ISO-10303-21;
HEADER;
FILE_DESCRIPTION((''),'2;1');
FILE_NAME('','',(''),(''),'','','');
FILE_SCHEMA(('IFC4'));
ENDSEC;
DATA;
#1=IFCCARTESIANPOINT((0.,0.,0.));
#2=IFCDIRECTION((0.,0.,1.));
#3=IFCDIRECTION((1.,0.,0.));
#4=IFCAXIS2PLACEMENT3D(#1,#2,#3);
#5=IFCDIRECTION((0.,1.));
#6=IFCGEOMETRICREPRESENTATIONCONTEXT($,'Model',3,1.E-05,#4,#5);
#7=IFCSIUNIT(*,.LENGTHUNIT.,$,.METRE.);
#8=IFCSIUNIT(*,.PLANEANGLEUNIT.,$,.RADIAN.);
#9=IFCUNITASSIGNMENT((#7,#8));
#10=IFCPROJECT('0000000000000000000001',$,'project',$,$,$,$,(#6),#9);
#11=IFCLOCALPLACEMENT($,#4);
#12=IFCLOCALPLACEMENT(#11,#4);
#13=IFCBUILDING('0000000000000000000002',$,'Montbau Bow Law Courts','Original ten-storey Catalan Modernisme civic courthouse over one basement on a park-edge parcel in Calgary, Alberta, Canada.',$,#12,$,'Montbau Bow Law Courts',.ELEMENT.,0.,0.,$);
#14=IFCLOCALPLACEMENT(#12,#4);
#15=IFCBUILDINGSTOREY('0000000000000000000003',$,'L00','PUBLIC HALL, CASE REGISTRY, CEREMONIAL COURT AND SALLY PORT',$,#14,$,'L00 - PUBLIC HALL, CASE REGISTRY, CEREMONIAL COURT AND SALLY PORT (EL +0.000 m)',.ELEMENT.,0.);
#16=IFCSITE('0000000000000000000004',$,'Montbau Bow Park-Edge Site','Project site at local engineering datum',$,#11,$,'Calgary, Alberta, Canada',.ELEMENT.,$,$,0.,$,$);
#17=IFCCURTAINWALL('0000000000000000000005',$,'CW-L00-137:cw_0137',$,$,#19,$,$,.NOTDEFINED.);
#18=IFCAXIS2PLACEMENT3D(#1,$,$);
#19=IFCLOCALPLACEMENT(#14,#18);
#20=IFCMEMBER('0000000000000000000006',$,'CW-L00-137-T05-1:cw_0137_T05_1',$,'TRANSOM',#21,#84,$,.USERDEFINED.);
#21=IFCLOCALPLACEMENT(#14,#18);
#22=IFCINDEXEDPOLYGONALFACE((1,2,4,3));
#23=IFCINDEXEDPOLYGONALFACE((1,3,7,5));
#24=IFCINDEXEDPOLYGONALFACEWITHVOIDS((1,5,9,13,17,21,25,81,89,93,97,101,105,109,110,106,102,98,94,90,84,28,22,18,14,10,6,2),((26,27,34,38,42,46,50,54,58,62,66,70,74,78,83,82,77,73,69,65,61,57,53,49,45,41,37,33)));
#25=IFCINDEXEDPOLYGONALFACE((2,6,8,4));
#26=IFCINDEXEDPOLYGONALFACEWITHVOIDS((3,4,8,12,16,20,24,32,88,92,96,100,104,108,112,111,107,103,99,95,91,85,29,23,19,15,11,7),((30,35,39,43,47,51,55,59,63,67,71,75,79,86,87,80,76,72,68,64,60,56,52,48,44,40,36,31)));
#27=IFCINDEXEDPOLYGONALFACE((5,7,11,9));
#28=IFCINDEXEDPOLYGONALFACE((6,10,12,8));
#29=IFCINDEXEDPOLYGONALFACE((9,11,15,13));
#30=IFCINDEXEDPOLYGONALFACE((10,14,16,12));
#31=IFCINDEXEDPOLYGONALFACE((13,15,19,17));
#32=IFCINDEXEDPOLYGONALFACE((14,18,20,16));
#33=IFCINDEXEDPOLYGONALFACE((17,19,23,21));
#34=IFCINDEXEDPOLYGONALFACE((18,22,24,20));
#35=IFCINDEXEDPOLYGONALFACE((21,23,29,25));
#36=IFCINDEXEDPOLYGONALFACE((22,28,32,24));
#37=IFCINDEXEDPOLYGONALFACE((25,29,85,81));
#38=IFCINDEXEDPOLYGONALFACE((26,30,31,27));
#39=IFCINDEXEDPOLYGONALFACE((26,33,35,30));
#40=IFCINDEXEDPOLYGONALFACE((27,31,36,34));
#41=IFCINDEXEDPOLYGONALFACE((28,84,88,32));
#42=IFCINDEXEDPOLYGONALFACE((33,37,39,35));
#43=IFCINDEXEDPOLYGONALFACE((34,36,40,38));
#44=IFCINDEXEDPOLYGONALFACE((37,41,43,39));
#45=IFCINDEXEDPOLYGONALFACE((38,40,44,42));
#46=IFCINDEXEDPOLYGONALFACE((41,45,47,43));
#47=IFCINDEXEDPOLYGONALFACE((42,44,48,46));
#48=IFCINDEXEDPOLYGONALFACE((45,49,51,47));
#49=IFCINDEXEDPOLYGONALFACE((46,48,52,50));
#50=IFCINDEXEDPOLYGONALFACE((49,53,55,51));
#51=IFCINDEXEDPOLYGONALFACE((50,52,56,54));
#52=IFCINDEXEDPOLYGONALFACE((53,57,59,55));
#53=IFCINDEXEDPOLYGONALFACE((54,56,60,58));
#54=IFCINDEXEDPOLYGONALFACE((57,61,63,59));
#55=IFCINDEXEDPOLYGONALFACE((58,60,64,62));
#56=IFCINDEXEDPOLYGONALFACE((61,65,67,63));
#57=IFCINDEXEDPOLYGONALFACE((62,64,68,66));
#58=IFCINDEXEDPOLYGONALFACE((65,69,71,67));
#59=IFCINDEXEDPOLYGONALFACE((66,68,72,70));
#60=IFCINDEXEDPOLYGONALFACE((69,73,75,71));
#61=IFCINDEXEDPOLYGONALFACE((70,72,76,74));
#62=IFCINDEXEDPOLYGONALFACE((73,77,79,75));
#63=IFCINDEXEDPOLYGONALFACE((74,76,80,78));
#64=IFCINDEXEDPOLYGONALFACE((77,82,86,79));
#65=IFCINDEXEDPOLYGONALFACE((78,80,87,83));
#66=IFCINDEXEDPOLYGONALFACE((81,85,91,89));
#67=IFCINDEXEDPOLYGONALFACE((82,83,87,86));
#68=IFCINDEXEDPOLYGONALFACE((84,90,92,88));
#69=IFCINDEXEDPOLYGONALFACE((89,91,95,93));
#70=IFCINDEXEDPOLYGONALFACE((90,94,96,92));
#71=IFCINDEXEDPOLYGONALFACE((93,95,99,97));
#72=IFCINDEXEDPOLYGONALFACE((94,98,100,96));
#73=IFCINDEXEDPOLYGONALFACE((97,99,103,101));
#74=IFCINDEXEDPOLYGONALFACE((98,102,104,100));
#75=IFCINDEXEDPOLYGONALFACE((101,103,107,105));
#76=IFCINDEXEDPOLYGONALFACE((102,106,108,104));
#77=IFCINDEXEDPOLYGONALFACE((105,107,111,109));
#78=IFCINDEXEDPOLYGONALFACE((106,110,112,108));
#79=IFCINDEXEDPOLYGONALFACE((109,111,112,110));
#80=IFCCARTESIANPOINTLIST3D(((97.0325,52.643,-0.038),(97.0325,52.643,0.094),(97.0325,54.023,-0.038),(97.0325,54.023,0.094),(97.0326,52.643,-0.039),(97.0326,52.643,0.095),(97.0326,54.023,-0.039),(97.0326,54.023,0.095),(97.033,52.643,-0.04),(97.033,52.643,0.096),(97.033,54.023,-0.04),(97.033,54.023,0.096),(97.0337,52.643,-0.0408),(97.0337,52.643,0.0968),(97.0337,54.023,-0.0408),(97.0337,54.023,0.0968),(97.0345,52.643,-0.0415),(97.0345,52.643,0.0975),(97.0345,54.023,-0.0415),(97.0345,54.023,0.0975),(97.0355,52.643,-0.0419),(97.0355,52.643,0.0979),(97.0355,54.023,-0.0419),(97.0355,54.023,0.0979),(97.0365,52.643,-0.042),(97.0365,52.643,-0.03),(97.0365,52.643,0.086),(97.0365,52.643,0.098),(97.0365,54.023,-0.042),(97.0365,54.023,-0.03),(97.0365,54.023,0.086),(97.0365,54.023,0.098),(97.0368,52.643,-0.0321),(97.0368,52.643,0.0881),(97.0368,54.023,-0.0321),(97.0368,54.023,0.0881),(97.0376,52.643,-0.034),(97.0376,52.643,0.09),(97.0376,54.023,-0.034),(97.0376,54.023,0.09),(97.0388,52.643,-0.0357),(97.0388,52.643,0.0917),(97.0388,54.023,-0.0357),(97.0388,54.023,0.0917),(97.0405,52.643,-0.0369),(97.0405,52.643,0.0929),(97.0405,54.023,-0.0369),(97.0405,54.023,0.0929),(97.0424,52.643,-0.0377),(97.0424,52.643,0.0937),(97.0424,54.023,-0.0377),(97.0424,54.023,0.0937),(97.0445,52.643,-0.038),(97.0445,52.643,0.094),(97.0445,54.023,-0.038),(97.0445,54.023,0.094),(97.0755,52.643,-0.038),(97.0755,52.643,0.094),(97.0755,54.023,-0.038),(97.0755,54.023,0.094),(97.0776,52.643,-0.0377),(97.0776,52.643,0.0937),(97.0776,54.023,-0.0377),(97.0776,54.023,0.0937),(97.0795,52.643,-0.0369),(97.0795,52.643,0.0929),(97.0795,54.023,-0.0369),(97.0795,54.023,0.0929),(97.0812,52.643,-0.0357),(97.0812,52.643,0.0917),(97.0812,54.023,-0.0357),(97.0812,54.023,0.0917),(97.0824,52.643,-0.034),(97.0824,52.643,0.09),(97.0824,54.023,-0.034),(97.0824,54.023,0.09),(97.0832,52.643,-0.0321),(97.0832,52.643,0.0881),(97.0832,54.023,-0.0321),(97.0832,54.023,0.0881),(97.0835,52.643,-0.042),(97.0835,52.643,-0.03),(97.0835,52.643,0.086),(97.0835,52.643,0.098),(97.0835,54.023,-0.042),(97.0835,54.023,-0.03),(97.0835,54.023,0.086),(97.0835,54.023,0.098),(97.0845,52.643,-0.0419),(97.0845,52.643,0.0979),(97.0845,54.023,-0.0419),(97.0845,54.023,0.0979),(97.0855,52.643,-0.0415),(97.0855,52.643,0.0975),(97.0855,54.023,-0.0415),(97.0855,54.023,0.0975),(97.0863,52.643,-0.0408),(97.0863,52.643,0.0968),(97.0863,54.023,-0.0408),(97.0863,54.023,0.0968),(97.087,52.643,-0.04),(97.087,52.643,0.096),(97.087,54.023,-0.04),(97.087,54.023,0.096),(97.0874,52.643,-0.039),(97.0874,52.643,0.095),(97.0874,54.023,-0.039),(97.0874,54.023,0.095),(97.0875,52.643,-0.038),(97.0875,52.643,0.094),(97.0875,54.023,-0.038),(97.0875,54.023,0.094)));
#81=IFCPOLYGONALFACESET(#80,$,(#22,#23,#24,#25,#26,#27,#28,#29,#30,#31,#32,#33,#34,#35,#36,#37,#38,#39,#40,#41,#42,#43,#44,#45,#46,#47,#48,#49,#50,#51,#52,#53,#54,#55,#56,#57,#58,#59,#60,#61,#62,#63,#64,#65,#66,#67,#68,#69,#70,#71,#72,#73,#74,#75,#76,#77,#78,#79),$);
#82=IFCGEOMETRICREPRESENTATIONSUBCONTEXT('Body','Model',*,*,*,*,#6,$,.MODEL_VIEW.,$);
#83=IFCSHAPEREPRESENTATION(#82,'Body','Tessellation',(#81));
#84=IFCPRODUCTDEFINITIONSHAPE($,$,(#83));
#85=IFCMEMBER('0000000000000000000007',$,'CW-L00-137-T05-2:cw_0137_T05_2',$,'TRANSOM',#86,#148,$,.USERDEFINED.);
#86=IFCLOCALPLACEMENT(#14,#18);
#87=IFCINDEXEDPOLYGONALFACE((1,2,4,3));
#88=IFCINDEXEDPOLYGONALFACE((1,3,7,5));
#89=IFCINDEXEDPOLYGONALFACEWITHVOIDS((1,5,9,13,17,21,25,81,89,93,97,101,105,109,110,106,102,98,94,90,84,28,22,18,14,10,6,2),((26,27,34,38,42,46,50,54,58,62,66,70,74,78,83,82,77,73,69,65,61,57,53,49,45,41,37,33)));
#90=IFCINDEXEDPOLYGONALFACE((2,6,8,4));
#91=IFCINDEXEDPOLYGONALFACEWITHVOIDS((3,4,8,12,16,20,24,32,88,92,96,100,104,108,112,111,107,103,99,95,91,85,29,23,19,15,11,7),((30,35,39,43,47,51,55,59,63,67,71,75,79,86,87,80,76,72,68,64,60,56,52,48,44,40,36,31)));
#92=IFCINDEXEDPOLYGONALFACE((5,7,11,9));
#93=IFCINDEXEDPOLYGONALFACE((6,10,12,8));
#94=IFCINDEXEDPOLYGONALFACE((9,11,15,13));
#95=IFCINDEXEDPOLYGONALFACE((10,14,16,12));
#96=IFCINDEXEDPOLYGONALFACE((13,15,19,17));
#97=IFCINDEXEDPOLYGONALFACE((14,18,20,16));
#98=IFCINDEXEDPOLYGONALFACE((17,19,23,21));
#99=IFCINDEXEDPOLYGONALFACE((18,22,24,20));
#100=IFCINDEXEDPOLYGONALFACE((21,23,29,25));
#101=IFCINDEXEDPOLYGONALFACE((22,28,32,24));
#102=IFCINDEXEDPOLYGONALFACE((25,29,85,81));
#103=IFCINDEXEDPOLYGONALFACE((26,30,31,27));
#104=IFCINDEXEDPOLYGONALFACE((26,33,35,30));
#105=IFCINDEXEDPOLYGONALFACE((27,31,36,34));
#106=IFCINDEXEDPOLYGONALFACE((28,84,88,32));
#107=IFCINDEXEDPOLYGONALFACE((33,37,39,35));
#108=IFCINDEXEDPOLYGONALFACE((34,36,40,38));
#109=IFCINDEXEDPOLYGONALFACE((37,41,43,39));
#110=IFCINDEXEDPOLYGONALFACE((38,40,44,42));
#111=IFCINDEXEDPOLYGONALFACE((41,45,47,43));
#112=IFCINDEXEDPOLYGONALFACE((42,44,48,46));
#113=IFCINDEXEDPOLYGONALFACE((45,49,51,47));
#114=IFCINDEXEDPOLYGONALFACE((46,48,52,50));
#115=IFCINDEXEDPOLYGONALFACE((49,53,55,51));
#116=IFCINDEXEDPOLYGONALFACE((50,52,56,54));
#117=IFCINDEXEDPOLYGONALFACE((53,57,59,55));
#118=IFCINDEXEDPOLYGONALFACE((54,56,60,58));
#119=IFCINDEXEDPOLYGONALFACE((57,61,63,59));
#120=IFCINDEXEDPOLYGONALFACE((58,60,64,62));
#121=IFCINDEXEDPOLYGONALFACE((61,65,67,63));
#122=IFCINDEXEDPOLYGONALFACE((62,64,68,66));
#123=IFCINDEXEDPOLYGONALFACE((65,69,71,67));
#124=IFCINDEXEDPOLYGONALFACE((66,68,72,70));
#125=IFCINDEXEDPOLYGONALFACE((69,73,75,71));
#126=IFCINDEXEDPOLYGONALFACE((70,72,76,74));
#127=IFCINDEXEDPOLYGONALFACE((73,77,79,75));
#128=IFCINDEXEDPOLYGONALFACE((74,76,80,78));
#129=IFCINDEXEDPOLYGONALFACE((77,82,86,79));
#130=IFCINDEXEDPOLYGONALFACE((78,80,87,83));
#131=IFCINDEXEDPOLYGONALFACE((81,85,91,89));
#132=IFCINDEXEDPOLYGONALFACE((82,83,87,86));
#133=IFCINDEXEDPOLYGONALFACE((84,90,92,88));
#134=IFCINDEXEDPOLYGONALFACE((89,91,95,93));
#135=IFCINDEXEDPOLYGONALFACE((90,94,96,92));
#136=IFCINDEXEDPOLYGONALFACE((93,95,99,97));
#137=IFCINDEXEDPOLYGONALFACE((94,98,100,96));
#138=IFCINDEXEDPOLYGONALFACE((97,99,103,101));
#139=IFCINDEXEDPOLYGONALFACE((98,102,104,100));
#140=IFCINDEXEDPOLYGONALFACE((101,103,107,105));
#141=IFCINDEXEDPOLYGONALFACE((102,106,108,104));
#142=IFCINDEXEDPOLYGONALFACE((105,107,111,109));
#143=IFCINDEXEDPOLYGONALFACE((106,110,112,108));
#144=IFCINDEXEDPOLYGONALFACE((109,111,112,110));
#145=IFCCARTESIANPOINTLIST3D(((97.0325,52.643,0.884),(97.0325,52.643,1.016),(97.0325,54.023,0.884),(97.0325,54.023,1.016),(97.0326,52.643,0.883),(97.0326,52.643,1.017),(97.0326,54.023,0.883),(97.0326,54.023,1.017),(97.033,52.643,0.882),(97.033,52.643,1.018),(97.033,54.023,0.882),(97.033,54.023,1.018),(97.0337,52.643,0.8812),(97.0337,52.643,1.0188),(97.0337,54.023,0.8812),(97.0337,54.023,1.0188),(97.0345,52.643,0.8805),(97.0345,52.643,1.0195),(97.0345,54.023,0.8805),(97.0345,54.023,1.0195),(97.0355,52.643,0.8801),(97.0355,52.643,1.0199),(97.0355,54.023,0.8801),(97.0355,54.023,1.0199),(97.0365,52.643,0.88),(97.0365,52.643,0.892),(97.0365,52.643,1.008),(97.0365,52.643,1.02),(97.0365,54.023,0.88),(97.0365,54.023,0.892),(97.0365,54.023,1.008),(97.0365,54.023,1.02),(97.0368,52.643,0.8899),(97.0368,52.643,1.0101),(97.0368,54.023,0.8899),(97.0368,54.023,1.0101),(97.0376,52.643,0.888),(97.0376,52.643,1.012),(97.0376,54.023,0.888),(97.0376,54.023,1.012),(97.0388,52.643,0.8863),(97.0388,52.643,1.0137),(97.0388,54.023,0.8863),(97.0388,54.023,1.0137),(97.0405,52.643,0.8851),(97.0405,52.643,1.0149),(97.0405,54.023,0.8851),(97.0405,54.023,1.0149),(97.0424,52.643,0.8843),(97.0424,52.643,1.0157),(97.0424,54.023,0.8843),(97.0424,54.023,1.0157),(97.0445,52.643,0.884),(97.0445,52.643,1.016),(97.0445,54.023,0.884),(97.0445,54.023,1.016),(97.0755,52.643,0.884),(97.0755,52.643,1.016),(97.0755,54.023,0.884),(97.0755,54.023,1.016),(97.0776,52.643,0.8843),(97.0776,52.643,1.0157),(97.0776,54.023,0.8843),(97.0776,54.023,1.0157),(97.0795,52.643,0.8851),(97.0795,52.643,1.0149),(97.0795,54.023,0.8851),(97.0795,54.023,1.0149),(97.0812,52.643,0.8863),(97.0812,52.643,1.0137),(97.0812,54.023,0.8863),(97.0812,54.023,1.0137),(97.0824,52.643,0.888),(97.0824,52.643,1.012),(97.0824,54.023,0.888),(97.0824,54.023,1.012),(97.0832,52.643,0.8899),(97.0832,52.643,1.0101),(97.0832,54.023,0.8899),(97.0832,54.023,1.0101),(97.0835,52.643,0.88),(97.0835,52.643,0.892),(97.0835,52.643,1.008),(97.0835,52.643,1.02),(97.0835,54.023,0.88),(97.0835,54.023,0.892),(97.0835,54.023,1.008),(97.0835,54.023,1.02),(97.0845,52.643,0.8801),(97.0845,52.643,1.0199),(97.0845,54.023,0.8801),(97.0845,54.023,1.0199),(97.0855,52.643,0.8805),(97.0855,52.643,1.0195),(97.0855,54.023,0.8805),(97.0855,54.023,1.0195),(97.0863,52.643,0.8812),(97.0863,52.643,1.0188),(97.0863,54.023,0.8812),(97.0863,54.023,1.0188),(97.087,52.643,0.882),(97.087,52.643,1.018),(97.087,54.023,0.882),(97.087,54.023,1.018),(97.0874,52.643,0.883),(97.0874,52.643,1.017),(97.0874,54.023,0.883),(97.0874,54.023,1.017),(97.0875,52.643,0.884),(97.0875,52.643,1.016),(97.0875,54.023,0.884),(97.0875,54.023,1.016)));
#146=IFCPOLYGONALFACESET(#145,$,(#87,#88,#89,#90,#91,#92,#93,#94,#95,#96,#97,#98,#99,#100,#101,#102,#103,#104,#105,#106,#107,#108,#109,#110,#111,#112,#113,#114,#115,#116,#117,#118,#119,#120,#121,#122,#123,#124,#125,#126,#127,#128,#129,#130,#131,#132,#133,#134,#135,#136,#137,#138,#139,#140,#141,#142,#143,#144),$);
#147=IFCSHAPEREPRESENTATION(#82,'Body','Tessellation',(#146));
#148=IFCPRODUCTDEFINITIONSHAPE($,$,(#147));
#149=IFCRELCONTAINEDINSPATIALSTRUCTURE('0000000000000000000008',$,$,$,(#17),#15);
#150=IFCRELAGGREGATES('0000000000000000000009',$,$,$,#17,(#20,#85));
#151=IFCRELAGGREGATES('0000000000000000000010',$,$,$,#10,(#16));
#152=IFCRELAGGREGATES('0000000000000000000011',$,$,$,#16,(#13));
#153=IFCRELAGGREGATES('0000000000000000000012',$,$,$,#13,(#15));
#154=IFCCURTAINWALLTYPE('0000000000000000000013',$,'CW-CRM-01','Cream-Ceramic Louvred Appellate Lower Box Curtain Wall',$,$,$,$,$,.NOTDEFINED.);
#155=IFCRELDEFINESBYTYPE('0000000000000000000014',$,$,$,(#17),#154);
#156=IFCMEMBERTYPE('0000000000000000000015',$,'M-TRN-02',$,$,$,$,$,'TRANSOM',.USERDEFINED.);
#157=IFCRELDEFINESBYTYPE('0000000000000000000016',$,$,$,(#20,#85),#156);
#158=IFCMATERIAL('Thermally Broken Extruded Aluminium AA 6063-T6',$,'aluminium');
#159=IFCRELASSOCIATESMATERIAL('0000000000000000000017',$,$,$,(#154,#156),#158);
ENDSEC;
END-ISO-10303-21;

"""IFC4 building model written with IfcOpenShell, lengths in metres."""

from ifc_helpers import new_model, si_unit, direction, frame, origin_with_axes, origin_2d_with_axis, place, context, subcontext, project, spatial, hollow_rectangle, extrude, material, material_profile, profile_set, type_object, element, aggregate, save


model = new_model("IFC4")

# Units and contexts
model_context = context("Model", 3, precision=1e-05, world=origin_with_axes(), true_north=direction((0.0, 1.0)))
body_context = subcontext(model_context, "Body", "Model", "MODEL_VIEW")
ifc_project = project(units=[si_unit("LENGTHUNIT", "METRE"), si_unit("PLANEANGLEUNIT", "RADIAN")], contexts=[model_context])

# Site, building, storey
site_placement = place(None, origin_with_axes())
site = spatial("IfcSite", under=ifc_project, at=site_placement, Name="Montbau Bow Park-Edge Site", Description="Project site at local engineering datum", LongName="Calgary, Alberta, Canada", CompositionType="ELEMENT", RefElevation=0.0)
building_placement = place(site_placement, origin_with_axes())
building = spatial("IfcBuilding", under=site, at=building_placement, Name="Montbau Bow Law Courts", Description="Original ten-storey Catalan Modernisme civic courthouse over one basement on a park-edge parcel in Calgary, Alberta, Canada.", LongName="Montbau Bow Law Courts", CompositionType="ELEMENT", ElevationOfRefHeight=0.0, ElevationOfTerrain=0.0)
storey_placement = place(building_placement, origin_with_axes())
storey = spatial("IfcBuildingStorey", under=building, at=storey_placement, Name="L00", Description="PUBLIC HALL, CASE REGISTRY, CEREMONIAL COURT AND SALLY PORT", LongName="L00 - PUBLIC HALL, CASE REGISTRY, CEREMONIAL COURT AND SALLY PORT (EL +0.000 m)", CompositionType="ELEMENT", Elevation=0.0)

# Curtain wall, members
ifc_material_1 = material(Name="Thermally Broken Extruded Aluminium AA 6063-T6", Category="aluminium")
curtain_wall_type = type_object("IfcCurtainWallType", Name="CW-CRM-01", Description="Cream-Ceramic Louvred Appellate Lower Box Curtain Wall", PredefinedType="NOTDEFINED", material=ifc_material_1)
curtain_wall_placement = place(None, frame((97.06, 46.715, 0.0), z_axis=(0.0, 0.0, 1.0), x_axis=(1.0, 0.0, 0.0)))
curtain_wall = element("IfcCurtainWall", 1, at=curtain_wall_placement, inside=storey, type_object=curtain_wall_type, Name="CW-L00-137:cw_0137", PredefinedType="NOTDEFINED")
ifc_material_profile_1 = material_profile(ifc_material_1, hollow_rectangle(XDim=0.055, YDim=0.14, WallThickness=0.004, InnerFilletRadius=0.008, OuterFilletRadius=0.004, at=origin_2d_with_axis()), Name="CWT-140X55", Category="Main", Priority=0)
ifc_profile_set_1 = profile_set([ifc_material_profile_1], Name="Thermally Broken Extruded Aluminium AA 6063-T6")
member_type_1 = type_object("IfcMemberType", Name="M-TRN-02", ElementType="TRANSOM", PredefinedType="USERDEFINED", material=ifc_profile_set_1)
member_1_placement = place(None, frame((97.06, 52.643, 0.028), z_axis=(0.0, 1.0, 0.0), x_axis=(-1.0, 0.0, 0.0)))
member_1 = element("IfcMember", 2, at=member_1_placement, type_object=member_type_1, Name="CW-L00-137-T05-1:cw_0137_T05_1", ObjectType="TRANSOM", PredefinedType="USERDEFINED", context=body_context, shape_type="SweptSolid", body=[
    extrude(hollow_rectangle(XDim=0.055, YDim=0.14, WallThickness=0.004, InnerFilletRadius=0.008, OuterFilletRadius=0.004, at=origin_2d_with_axis()), origin_with_axes(), (0.0, 0.0, 1.0), 1.38),
])
member_2_placement = place(None, frame((97.06, 52.643, 0.95), z_axis=(0.0, 1.0, 0.0), x_axis=(-1.0, 0.0, 0.0)))
member_2 = element("IfcMember", 3, at=member_2_placement, type_object=member_type_1, Name="CW-L00-137-T05-2:cw_0137_T05_2", ObjectType="TRANSOM", PredefinedType="USERDEFINED", context=body_context, shape_type="SweptSolid", body=[
    extrude(hollow_rectangle(XDim=0.055, YDim=0.14, WallThickness=0.004, InnerFilletRadius=0.008, OuterFilletRadius=0.004, at=origin_2d_with_axis()), origin_with_axes(), (0.0, 0.0, 1.0), 1.38),
])
aggregate(curtain_wall, [member_1, member_2])

save(model, "model.ifc")
